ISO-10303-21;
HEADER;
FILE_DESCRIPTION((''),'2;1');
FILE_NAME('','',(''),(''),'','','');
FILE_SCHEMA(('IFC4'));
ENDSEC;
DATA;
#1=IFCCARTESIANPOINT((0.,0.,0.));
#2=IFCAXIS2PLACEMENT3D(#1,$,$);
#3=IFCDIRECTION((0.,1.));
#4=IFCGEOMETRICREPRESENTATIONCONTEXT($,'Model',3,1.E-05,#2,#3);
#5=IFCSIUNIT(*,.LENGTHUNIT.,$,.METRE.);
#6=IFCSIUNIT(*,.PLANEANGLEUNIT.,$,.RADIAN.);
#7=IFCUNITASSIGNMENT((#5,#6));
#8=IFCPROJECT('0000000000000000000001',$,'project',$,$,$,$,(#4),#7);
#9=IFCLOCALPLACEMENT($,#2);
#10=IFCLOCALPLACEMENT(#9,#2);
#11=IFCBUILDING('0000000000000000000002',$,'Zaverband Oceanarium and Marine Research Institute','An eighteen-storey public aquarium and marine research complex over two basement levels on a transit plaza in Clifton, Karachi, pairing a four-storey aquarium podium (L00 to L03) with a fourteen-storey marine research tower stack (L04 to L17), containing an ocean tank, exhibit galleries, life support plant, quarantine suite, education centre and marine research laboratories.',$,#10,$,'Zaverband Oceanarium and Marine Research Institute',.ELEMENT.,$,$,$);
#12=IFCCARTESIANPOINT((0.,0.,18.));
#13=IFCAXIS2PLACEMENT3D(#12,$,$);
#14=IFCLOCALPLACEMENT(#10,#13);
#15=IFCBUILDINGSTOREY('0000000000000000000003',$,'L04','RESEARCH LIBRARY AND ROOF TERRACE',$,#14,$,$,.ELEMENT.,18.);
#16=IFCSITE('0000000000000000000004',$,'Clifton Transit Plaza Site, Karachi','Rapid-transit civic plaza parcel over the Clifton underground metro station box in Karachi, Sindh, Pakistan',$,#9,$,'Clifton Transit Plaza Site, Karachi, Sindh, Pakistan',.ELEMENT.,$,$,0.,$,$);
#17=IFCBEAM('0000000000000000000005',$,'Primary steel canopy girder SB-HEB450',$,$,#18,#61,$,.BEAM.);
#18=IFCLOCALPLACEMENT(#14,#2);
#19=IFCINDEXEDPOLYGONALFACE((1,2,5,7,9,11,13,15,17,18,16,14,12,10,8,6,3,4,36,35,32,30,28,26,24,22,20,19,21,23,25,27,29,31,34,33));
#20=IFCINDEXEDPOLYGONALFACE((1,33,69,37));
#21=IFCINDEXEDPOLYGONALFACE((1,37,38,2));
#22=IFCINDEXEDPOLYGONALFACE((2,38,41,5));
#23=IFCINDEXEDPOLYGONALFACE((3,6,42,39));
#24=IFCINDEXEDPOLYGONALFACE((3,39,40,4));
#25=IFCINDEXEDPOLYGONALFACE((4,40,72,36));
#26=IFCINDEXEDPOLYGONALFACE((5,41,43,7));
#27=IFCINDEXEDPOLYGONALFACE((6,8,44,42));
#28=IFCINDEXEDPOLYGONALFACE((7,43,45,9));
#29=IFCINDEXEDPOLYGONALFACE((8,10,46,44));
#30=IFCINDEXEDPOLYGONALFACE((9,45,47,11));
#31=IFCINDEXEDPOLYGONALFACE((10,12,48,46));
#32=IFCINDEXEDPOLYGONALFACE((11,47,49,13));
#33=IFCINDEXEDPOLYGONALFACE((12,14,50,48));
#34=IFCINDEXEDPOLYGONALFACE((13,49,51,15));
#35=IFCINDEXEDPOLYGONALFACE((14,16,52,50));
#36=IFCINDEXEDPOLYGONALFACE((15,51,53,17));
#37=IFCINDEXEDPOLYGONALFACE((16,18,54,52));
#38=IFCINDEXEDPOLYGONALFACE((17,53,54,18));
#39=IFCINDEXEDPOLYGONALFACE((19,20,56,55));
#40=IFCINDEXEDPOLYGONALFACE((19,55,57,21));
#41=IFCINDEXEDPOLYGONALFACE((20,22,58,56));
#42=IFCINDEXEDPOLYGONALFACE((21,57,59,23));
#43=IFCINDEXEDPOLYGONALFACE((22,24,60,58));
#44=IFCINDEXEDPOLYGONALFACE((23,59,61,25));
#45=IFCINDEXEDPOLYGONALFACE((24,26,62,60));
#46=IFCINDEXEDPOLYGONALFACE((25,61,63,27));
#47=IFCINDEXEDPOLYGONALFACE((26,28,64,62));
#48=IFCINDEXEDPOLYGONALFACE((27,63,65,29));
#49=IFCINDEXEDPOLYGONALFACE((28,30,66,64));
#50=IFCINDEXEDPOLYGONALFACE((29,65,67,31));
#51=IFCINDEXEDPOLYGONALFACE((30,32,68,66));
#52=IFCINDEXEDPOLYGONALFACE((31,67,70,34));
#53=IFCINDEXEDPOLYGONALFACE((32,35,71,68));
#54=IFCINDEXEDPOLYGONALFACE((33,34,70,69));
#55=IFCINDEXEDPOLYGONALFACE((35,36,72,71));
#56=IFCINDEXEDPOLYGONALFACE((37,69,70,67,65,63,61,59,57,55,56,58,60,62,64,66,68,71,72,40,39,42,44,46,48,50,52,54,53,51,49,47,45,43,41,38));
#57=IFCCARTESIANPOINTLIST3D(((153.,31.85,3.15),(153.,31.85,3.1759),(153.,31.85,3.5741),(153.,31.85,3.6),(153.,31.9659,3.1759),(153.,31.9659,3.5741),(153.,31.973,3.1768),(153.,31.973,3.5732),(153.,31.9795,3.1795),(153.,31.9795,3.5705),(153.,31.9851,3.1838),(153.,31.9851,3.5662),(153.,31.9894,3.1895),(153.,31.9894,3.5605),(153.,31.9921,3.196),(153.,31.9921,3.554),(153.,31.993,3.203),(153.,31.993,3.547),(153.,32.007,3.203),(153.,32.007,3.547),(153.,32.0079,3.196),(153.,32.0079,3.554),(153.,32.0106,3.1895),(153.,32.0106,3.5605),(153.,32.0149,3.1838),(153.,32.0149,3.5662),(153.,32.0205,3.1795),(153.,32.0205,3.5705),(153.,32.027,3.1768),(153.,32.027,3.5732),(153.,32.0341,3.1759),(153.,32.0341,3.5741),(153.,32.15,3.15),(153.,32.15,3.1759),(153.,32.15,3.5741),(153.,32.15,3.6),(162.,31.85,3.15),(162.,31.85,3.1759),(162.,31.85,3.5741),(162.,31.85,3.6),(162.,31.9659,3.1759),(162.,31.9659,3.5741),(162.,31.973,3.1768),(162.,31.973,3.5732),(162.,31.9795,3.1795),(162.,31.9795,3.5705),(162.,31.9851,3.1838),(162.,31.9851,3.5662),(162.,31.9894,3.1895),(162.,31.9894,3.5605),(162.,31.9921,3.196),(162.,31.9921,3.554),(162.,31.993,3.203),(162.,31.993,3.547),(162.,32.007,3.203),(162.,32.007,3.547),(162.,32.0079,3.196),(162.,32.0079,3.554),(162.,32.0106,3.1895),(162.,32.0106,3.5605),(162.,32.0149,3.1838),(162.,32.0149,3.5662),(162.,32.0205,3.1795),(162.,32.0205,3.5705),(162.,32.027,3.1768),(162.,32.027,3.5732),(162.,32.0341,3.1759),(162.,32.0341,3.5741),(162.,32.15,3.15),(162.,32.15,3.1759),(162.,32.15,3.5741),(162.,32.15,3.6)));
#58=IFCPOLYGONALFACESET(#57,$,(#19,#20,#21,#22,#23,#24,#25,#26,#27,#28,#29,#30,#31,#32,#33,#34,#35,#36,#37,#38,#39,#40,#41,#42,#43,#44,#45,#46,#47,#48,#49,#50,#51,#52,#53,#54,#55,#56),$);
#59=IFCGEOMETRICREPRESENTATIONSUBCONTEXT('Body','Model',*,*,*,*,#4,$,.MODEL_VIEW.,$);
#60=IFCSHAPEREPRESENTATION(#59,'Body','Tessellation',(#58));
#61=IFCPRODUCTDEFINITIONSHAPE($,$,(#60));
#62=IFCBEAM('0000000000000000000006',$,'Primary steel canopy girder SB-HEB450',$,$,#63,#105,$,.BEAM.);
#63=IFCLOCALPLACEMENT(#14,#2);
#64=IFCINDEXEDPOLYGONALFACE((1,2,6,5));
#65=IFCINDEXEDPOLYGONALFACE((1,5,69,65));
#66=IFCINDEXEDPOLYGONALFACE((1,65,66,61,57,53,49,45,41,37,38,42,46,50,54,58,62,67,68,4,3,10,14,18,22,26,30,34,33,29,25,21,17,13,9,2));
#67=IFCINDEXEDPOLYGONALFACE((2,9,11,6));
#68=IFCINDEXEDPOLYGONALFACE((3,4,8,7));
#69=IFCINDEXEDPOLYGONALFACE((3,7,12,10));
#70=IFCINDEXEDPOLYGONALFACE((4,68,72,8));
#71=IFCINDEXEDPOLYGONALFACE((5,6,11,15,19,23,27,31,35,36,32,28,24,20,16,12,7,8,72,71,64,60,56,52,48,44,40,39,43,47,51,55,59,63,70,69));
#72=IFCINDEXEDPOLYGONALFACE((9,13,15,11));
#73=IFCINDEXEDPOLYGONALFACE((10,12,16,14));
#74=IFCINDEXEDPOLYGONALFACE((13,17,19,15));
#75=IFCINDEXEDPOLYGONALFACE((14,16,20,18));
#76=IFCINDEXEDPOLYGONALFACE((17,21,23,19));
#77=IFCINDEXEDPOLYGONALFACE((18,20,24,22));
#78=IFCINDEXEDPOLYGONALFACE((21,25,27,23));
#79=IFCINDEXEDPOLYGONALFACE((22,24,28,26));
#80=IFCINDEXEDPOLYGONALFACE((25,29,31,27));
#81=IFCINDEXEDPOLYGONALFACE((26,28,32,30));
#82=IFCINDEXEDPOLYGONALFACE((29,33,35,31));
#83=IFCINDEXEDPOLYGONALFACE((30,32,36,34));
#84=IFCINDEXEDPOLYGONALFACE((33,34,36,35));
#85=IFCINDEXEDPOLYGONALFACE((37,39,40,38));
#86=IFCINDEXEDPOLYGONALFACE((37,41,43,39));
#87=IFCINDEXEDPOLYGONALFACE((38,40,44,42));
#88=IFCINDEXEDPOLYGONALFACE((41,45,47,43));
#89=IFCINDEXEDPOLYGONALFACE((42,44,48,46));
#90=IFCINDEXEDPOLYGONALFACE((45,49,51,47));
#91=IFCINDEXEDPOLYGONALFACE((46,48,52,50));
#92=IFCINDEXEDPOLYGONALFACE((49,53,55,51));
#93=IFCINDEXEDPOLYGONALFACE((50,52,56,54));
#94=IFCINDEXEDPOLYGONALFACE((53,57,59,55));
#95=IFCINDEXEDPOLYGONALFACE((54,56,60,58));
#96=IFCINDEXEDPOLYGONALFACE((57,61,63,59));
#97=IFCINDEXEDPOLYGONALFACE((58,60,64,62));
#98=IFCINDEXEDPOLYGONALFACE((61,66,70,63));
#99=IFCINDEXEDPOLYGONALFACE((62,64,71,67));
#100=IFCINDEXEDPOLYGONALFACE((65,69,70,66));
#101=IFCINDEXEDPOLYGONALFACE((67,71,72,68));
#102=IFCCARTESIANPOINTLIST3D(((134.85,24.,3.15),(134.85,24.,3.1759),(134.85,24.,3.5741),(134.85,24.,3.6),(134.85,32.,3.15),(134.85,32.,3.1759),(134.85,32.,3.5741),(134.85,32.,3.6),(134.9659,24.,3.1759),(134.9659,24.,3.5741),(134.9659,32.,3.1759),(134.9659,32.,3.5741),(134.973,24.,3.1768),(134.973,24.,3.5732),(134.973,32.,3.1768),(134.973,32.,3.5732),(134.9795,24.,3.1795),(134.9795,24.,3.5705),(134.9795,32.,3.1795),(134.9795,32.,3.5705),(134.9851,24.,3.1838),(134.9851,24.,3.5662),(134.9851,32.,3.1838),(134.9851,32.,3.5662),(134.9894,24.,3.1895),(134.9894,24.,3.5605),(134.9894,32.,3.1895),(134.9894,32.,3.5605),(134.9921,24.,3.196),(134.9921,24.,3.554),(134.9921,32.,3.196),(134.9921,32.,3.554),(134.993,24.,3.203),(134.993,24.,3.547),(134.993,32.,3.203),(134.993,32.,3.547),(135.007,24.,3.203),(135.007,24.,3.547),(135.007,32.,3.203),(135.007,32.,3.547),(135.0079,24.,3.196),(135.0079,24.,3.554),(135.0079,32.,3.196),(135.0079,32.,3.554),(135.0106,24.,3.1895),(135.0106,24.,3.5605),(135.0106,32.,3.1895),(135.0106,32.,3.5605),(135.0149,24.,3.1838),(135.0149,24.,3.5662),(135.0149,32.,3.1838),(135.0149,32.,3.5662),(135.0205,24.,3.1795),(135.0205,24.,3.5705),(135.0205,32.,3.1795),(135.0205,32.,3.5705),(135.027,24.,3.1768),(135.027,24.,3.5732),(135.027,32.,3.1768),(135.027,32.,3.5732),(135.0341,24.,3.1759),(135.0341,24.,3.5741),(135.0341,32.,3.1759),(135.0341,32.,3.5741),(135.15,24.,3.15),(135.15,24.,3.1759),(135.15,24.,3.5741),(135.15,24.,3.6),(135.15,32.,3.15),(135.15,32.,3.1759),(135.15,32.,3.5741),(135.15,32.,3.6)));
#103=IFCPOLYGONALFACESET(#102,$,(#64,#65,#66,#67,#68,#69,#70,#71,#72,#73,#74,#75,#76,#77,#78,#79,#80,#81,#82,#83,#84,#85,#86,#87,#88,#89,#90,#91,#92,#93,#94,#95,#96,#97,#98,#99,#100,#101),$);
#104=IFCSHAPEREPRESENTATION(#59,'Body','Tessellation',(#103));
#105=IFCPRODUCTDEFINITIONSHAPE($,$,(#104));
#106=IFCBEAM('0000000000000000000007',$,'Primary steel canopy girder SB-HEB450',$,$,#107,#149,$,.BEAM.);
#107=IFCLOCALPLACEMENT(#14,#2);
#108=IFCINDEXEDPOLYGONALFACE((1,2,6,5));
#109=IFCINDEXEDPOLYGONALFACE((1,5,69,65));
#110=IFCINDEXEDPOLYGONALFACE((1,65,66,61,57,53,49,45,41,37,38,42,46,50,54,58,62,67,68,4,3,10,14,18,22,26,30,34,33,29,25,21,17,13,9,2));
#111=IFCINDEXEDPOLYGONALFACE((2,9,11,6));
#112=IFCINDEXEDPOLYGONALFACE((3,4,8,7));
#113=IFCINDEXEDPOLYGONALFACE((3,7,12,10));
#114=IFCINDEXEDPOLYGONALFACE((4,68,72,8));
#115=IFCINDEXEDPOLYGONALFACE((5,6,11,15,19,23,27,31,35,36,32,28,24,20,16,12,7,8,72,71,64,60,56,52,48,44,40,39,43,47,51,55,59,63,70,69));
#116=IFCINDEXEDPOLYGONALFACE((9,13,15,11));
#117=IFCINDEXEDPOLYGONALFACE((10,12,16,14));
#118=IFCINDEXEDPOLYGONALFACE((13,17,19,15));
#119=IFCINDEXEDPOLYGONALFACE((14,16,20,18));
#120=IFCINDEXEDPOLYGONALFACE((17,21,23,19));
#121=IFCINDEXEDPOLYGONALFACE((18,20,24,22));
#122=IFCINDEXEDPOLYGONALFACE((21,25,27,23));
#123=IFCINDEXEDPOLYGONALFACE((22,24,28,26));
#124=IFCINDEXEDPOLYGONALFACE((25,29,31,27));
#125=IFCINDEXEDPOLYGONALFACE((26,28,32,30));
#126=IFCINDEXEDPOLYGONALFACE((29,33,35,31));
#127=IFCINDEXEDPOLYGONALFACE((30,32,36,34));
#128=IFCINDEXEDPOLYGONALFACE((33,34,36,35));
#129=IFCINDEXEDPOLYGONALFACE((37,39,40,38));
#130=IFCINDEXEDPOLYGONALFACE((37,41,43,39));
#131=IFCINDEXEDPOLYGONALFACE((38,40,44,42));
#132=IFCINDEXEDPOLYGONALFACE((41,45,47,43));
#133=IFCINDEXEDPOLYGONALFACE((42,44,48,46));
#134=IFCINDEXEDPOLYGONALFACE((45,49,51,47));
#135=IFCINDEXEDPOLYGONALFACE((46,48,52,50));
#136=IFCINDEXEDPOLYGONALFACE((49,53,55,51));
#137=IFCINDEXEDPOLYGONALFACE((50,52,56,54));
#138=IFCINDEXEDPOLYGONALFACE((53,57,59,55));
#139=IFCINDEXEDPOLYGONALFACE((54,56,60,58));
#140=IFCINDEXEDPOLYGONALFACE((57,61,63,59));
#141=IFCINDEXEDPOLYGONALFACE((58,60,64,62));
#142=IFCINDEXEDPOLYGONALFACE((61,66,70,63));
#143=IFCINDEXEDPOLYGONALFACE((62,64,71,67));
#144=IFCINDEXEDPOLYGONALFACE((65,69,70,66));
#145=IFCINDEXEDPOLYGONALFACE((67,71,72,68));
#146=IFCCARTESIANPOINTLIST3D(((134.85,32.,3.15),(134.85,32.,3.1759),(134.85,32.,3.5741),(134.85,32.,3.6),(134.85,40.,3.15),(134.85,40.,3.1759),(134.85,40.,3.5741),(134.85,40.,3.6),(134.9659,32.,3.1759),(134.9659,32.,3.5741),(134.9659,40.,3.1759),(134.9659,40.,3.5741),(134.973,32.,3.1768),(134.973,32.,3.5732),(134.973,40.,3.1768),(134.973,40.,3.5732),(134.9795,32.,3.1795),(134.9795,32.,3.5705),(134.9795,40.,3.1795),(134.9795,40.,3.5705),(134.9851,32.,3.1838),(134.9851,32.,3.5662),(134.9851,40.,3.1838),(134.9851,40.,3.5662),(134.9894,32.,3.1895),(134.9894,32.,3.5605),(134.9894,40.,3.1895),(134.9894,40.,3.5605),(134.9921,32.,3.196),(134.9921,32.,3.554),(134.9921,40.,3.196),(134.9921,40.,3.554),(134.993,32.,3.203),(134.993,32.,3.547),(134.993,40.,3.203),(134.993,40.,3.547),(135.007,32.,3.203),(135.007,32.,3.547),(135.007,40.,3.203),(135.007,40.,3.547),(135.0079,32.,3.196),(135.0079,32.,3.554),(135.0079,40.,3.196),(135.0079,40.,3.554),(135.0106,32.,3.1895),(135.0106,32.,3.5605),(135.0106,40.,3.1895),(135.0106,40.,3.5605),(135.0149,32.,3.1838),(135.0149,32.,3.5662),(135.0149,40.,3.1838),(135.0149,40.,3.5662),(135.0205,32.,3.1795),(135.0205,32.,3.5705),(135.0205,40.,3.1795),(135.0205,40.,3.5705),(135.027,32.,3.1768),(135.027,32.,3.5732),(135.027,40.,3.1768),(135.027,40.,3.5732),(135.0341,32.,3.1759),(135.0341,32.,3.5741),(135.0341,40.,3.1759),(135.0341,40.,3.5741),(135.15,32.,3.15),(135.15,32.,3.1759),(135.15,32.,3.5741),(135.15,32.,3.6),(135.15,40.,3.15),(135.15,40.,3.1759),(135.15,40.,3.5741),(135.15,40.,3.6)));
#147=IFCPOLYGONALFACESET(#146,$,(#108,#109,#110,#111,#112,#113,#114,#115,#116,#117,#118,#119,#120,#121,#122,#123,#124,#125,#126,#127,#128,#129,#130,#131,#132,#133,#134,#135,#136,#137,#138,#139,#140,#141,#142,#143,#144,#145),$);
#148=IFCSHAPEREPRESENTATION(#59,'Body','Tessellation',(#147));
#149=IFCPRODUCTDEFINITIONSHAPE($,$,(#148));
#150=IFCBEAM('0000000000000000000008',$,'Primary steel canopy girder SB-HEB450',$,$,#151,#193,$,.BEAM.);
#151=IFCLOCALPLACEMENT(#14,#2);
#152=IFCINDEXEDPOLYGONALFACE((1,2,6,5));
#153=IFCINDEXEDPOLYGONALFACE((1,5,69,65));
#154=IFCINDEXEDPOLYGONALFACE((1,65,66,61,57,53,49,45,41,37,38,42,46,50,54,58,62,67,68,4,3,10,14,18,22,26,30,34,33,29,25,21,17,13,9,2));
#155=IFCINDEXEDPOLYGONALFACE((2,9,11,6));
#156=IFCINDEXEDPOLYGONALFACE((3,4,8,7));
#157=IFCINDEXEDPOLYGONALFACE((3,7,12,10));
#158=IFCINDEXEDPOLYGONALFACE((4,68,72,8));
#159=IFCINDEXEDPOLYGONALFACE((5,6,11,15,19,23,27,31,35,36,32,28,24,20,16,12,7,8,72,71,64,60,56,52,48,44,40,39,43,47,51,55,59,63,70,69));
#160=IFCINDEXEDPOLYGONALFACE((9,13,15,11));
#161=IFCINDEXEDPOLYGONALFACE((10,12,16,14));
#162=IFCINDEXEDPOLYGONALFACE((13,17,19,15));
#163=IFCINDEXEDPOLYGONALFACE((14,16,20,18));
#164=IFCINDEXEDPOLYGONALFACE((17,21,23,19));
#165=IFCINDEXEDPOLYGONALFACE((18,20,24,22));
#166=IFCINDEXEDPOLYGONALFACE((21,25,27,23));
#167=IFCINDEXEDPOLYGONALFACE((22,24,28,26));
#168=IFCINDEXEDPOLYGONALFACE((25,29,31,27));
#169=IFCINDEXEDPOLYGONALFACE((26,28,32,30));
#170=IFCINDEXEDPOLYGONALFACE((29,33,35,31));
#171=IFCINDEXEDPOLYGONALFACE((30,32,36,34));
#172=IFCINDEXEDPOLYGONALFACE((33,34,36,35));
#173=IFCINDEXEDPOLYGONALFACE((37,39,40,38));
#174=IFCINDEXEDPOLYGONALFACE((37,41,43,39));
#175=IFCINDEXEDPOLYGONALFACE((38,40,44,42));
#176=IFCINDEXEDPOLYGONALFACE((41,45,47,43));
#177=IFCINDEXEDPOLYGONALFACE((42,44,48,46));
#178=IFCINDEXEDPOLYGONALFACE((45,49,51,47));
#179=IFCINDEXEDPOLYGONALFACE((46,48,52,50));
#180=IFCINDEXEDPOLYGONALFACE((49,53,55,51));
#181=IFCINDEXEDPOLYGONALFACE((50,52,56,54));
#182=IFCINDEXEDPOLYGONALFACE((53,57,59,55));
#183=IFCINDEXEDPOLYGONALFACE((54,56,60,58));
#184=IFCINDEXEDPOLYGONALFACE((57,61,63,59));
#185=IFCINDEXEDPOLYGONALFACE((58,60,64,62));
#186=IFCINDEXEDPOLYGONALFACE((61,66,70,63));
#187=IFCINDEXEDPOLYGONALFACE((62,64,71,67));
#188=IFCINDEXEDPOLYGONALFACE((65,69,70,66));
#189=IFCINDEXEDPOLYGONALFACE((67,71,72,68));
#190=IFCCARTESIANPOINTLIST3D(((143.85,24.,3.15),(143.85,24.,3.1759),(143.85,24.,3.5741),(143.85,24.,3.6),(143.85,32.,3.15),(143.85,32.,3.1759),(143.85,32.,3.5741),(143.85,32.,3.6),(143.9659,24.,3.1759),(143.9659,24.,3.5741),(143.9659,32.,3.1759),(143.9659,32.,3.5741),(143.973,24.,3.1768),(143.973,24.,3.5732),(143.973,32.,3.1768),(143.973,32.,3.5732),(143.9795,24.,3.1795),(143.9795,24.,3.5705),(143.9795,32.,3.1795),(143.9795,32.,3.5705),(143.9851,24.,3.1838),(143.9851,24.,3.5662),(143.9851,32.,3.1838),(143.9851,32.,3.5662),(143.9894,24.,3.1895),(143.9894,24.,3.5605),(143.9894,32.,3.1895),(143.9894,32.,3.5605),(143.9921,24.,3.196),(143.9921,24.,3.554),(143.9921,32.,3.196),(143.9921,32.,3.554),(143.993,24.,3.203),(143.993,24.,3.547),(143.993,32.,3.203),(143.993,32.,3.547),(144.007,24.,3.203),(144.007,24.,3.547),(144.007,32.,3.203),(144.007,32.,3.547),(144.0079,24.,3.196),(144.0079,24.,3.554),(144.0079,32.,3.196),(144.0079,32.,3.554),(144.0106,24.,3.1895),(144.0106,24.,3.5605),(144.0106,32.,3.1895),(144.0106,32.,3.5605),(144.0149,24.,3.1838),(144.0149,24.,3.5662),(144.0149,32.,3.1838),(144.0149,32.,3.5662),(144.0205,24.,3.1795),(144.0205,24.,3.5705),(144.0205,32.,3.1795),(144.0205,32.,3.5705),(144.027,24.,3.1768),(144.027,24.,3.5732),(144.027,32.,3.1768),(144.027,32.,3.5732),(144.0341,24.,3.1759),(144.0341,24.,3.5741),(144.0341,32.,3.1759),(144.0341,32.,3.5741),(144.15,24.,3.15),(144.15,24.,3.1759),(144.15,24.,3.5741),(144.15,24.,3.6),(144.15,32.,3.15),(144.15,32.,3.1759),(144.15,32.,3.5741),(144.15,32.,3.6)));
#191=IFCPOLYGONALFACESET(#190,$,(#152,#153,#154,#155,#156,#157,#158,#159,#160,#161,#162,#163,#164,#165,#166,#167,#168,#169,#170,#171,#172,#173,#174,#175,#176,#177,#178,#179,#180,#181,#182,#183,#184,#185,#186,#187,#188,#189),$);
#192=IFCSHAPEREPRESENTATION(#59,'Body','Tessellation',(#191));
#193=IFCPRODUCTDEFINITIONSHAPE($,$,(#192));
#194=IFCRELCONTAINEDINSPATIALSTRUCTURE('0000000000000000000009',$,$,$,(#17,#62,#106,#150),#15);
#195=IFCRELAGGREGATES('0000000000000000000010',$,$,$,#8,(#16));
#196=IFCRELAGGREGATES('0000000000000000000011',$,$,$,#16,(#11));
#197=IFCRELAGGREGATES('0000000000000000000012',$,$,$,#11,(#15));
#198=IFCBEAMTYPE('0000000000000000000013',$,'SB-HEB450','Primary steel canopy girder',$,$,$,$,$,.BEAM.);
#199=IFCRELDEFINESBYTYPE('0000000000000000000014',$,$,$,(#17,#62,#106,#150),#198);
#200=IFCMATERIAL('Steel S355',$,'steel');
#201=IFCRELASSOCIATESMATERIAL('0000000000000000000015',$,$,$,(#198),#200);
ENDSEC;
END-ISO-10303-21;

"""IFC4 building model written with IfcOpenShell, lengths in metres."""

from ifc_helpers import new_model, si_unit, direction, frame, origin, origin_2d, place, context, subcontext, project, spatial, i_section, extrude, material, material_profile, profile_set, type_object, element, save


model = new_model("IFC4")

# Units and contexts
model_context = context("Model", 3, precision=1e-05, world=origin(), true_north=direction((0.0, 1.0)))
body_context = subcontext(model_context, "Body", "Model", "MODEL_VIEW")
ifc_project = project(units=[si_unit("LENGTHUNIT", "METRE"), si_unit("PLANEANGLEUNIT", "RADIAN")], contexts=[model_context])

# Site, building, storey
site_placement = place(None, origin())
site = spatial("IfcSite", under=ifc_project, at=site_placement, Name="Clifton Transit Plaza Site, Karachi", Description="Rapid-transit civic plaza parcel over the Clifton underground metro station box in Karachi, Sindh, Pakistan", LongName="Clifton Transit Plaza Site, Karachi, Sindh, Pakistan", CompositionType="ELEMENT", RefElevation=0.0)
building_placement = place(site_placement, origin())
building = spatial("IfcBuilding", under=site, at=building_placement, Name="Zaverband Oceanarium and Marine Research Institute", Description="An eighteen-storey public aquarium and marine research complex over two basement levels on a transit plaza in Clifton, Karachi, pairing a four-storey aquarium podium (L00 to L03) with a fourteen-storey marine research tower stack (L04 to L17), containing an ocean tank, exhibit galleries, life support plant, quarantine suite, education centre and marine research laboratories.", LongName="Zaverband Oceanarium and Marine Research Institute", CompositionType="ELEMENT")
storey_placement = place(building_placement, frame((0.0, 0.0, 18.0)))
storey = spatial("IfcBuildingStorey", under=building, at=storey_placement, Name="L04", Description="RESEARCH LIBRARY AND ROOF TERRACE", CompositionType="ELEMENT", Elevation=18.0)

# Shared definitions
ifc_material_1 = material(Name="Steel S355", Category="steel")

# Beams
ifc_material_profile_1 = material_profile(ifc_material_1, i_section(OverallWidth=0.3, OverallDepth=0.45, WebThickness=0.0139, FlangeThickness=0.0259, FilletRadius=0.0271, at=origin_2d()), Name="HEB450")
ifc_profile_set_1 = profile_set([ifc_material_profile_1], Name="Steel S355")
beam_type = type_object("IfcBeamType", Name="SB-HEB450", Description="Primary steel canopy girder", PredefinedType="BEAM", material=ifc_profile_set_1)
for number, where, z_axis, x_axis, name in (
    (1, (153.0, 32.0, 3.375), (1.0, 0.0, 0.0), (0.0, 1.0, 0.0), "Primary steel canopy girder SB-HEB450"),
):
    element("IfcBeam", number, at=place(storey_placement, frame(where, z_axis=z_axis, x_axis=x_axis)), inside=storey, type_object=beam_type, Name=name, PredefinedType="BEAM", context=body_context, shape_type="SweptSolid", body=[
        extrude(i_section(OverallWidth=0.3, OverallDepth=0.45, WebThickness=0.0139, FlangeThickness=0.0259, FilletRadius=0.0271, at=origin_2d()), origin(), (0.0, 0.0, 1.0), 9.0),
    ])
for number, where, z_axis, x_axis, name in (
    (2, (135.0, 24.0, 3.375), (0.0, 1.0, 0.0), (-1.0, 0.0, 0.0), "Primary steel canopy girder SB-HEB450"),
    (3, (135.0, 32.0, 3.375), (0.0, 1.0, 0.0), (-1.0, 0.0, 0.0), "Primary steel canopy girder SB-HEB450"),
    (4, (144.0, 24.0, 3.375), (0.0, 1.0, 0.0), (-1.0, 0.0, 0.0), "Primary steel canopy girder SB-HEB450"),
):
    element("IfcBeam", number, at=place(storey_placement, frame(where, z_axis=z_axis, x_axis=x_axis)), inside=storey, type_object=beam_type, Name=name, PredefinedType="BEAM", context=body_context, shape_type="SweptSolid", body=[
        extrude(i_section(OverallWidth=0.3, OverallDepth=0.45, WebThickness=0.0139, FlangeThickness=0.0259, FilletRadius=0.0271, at=origin_2d()), origin(), (0.0, 0.0, 1.0), 8.0),
    ])

save(model, "model.ifc")
